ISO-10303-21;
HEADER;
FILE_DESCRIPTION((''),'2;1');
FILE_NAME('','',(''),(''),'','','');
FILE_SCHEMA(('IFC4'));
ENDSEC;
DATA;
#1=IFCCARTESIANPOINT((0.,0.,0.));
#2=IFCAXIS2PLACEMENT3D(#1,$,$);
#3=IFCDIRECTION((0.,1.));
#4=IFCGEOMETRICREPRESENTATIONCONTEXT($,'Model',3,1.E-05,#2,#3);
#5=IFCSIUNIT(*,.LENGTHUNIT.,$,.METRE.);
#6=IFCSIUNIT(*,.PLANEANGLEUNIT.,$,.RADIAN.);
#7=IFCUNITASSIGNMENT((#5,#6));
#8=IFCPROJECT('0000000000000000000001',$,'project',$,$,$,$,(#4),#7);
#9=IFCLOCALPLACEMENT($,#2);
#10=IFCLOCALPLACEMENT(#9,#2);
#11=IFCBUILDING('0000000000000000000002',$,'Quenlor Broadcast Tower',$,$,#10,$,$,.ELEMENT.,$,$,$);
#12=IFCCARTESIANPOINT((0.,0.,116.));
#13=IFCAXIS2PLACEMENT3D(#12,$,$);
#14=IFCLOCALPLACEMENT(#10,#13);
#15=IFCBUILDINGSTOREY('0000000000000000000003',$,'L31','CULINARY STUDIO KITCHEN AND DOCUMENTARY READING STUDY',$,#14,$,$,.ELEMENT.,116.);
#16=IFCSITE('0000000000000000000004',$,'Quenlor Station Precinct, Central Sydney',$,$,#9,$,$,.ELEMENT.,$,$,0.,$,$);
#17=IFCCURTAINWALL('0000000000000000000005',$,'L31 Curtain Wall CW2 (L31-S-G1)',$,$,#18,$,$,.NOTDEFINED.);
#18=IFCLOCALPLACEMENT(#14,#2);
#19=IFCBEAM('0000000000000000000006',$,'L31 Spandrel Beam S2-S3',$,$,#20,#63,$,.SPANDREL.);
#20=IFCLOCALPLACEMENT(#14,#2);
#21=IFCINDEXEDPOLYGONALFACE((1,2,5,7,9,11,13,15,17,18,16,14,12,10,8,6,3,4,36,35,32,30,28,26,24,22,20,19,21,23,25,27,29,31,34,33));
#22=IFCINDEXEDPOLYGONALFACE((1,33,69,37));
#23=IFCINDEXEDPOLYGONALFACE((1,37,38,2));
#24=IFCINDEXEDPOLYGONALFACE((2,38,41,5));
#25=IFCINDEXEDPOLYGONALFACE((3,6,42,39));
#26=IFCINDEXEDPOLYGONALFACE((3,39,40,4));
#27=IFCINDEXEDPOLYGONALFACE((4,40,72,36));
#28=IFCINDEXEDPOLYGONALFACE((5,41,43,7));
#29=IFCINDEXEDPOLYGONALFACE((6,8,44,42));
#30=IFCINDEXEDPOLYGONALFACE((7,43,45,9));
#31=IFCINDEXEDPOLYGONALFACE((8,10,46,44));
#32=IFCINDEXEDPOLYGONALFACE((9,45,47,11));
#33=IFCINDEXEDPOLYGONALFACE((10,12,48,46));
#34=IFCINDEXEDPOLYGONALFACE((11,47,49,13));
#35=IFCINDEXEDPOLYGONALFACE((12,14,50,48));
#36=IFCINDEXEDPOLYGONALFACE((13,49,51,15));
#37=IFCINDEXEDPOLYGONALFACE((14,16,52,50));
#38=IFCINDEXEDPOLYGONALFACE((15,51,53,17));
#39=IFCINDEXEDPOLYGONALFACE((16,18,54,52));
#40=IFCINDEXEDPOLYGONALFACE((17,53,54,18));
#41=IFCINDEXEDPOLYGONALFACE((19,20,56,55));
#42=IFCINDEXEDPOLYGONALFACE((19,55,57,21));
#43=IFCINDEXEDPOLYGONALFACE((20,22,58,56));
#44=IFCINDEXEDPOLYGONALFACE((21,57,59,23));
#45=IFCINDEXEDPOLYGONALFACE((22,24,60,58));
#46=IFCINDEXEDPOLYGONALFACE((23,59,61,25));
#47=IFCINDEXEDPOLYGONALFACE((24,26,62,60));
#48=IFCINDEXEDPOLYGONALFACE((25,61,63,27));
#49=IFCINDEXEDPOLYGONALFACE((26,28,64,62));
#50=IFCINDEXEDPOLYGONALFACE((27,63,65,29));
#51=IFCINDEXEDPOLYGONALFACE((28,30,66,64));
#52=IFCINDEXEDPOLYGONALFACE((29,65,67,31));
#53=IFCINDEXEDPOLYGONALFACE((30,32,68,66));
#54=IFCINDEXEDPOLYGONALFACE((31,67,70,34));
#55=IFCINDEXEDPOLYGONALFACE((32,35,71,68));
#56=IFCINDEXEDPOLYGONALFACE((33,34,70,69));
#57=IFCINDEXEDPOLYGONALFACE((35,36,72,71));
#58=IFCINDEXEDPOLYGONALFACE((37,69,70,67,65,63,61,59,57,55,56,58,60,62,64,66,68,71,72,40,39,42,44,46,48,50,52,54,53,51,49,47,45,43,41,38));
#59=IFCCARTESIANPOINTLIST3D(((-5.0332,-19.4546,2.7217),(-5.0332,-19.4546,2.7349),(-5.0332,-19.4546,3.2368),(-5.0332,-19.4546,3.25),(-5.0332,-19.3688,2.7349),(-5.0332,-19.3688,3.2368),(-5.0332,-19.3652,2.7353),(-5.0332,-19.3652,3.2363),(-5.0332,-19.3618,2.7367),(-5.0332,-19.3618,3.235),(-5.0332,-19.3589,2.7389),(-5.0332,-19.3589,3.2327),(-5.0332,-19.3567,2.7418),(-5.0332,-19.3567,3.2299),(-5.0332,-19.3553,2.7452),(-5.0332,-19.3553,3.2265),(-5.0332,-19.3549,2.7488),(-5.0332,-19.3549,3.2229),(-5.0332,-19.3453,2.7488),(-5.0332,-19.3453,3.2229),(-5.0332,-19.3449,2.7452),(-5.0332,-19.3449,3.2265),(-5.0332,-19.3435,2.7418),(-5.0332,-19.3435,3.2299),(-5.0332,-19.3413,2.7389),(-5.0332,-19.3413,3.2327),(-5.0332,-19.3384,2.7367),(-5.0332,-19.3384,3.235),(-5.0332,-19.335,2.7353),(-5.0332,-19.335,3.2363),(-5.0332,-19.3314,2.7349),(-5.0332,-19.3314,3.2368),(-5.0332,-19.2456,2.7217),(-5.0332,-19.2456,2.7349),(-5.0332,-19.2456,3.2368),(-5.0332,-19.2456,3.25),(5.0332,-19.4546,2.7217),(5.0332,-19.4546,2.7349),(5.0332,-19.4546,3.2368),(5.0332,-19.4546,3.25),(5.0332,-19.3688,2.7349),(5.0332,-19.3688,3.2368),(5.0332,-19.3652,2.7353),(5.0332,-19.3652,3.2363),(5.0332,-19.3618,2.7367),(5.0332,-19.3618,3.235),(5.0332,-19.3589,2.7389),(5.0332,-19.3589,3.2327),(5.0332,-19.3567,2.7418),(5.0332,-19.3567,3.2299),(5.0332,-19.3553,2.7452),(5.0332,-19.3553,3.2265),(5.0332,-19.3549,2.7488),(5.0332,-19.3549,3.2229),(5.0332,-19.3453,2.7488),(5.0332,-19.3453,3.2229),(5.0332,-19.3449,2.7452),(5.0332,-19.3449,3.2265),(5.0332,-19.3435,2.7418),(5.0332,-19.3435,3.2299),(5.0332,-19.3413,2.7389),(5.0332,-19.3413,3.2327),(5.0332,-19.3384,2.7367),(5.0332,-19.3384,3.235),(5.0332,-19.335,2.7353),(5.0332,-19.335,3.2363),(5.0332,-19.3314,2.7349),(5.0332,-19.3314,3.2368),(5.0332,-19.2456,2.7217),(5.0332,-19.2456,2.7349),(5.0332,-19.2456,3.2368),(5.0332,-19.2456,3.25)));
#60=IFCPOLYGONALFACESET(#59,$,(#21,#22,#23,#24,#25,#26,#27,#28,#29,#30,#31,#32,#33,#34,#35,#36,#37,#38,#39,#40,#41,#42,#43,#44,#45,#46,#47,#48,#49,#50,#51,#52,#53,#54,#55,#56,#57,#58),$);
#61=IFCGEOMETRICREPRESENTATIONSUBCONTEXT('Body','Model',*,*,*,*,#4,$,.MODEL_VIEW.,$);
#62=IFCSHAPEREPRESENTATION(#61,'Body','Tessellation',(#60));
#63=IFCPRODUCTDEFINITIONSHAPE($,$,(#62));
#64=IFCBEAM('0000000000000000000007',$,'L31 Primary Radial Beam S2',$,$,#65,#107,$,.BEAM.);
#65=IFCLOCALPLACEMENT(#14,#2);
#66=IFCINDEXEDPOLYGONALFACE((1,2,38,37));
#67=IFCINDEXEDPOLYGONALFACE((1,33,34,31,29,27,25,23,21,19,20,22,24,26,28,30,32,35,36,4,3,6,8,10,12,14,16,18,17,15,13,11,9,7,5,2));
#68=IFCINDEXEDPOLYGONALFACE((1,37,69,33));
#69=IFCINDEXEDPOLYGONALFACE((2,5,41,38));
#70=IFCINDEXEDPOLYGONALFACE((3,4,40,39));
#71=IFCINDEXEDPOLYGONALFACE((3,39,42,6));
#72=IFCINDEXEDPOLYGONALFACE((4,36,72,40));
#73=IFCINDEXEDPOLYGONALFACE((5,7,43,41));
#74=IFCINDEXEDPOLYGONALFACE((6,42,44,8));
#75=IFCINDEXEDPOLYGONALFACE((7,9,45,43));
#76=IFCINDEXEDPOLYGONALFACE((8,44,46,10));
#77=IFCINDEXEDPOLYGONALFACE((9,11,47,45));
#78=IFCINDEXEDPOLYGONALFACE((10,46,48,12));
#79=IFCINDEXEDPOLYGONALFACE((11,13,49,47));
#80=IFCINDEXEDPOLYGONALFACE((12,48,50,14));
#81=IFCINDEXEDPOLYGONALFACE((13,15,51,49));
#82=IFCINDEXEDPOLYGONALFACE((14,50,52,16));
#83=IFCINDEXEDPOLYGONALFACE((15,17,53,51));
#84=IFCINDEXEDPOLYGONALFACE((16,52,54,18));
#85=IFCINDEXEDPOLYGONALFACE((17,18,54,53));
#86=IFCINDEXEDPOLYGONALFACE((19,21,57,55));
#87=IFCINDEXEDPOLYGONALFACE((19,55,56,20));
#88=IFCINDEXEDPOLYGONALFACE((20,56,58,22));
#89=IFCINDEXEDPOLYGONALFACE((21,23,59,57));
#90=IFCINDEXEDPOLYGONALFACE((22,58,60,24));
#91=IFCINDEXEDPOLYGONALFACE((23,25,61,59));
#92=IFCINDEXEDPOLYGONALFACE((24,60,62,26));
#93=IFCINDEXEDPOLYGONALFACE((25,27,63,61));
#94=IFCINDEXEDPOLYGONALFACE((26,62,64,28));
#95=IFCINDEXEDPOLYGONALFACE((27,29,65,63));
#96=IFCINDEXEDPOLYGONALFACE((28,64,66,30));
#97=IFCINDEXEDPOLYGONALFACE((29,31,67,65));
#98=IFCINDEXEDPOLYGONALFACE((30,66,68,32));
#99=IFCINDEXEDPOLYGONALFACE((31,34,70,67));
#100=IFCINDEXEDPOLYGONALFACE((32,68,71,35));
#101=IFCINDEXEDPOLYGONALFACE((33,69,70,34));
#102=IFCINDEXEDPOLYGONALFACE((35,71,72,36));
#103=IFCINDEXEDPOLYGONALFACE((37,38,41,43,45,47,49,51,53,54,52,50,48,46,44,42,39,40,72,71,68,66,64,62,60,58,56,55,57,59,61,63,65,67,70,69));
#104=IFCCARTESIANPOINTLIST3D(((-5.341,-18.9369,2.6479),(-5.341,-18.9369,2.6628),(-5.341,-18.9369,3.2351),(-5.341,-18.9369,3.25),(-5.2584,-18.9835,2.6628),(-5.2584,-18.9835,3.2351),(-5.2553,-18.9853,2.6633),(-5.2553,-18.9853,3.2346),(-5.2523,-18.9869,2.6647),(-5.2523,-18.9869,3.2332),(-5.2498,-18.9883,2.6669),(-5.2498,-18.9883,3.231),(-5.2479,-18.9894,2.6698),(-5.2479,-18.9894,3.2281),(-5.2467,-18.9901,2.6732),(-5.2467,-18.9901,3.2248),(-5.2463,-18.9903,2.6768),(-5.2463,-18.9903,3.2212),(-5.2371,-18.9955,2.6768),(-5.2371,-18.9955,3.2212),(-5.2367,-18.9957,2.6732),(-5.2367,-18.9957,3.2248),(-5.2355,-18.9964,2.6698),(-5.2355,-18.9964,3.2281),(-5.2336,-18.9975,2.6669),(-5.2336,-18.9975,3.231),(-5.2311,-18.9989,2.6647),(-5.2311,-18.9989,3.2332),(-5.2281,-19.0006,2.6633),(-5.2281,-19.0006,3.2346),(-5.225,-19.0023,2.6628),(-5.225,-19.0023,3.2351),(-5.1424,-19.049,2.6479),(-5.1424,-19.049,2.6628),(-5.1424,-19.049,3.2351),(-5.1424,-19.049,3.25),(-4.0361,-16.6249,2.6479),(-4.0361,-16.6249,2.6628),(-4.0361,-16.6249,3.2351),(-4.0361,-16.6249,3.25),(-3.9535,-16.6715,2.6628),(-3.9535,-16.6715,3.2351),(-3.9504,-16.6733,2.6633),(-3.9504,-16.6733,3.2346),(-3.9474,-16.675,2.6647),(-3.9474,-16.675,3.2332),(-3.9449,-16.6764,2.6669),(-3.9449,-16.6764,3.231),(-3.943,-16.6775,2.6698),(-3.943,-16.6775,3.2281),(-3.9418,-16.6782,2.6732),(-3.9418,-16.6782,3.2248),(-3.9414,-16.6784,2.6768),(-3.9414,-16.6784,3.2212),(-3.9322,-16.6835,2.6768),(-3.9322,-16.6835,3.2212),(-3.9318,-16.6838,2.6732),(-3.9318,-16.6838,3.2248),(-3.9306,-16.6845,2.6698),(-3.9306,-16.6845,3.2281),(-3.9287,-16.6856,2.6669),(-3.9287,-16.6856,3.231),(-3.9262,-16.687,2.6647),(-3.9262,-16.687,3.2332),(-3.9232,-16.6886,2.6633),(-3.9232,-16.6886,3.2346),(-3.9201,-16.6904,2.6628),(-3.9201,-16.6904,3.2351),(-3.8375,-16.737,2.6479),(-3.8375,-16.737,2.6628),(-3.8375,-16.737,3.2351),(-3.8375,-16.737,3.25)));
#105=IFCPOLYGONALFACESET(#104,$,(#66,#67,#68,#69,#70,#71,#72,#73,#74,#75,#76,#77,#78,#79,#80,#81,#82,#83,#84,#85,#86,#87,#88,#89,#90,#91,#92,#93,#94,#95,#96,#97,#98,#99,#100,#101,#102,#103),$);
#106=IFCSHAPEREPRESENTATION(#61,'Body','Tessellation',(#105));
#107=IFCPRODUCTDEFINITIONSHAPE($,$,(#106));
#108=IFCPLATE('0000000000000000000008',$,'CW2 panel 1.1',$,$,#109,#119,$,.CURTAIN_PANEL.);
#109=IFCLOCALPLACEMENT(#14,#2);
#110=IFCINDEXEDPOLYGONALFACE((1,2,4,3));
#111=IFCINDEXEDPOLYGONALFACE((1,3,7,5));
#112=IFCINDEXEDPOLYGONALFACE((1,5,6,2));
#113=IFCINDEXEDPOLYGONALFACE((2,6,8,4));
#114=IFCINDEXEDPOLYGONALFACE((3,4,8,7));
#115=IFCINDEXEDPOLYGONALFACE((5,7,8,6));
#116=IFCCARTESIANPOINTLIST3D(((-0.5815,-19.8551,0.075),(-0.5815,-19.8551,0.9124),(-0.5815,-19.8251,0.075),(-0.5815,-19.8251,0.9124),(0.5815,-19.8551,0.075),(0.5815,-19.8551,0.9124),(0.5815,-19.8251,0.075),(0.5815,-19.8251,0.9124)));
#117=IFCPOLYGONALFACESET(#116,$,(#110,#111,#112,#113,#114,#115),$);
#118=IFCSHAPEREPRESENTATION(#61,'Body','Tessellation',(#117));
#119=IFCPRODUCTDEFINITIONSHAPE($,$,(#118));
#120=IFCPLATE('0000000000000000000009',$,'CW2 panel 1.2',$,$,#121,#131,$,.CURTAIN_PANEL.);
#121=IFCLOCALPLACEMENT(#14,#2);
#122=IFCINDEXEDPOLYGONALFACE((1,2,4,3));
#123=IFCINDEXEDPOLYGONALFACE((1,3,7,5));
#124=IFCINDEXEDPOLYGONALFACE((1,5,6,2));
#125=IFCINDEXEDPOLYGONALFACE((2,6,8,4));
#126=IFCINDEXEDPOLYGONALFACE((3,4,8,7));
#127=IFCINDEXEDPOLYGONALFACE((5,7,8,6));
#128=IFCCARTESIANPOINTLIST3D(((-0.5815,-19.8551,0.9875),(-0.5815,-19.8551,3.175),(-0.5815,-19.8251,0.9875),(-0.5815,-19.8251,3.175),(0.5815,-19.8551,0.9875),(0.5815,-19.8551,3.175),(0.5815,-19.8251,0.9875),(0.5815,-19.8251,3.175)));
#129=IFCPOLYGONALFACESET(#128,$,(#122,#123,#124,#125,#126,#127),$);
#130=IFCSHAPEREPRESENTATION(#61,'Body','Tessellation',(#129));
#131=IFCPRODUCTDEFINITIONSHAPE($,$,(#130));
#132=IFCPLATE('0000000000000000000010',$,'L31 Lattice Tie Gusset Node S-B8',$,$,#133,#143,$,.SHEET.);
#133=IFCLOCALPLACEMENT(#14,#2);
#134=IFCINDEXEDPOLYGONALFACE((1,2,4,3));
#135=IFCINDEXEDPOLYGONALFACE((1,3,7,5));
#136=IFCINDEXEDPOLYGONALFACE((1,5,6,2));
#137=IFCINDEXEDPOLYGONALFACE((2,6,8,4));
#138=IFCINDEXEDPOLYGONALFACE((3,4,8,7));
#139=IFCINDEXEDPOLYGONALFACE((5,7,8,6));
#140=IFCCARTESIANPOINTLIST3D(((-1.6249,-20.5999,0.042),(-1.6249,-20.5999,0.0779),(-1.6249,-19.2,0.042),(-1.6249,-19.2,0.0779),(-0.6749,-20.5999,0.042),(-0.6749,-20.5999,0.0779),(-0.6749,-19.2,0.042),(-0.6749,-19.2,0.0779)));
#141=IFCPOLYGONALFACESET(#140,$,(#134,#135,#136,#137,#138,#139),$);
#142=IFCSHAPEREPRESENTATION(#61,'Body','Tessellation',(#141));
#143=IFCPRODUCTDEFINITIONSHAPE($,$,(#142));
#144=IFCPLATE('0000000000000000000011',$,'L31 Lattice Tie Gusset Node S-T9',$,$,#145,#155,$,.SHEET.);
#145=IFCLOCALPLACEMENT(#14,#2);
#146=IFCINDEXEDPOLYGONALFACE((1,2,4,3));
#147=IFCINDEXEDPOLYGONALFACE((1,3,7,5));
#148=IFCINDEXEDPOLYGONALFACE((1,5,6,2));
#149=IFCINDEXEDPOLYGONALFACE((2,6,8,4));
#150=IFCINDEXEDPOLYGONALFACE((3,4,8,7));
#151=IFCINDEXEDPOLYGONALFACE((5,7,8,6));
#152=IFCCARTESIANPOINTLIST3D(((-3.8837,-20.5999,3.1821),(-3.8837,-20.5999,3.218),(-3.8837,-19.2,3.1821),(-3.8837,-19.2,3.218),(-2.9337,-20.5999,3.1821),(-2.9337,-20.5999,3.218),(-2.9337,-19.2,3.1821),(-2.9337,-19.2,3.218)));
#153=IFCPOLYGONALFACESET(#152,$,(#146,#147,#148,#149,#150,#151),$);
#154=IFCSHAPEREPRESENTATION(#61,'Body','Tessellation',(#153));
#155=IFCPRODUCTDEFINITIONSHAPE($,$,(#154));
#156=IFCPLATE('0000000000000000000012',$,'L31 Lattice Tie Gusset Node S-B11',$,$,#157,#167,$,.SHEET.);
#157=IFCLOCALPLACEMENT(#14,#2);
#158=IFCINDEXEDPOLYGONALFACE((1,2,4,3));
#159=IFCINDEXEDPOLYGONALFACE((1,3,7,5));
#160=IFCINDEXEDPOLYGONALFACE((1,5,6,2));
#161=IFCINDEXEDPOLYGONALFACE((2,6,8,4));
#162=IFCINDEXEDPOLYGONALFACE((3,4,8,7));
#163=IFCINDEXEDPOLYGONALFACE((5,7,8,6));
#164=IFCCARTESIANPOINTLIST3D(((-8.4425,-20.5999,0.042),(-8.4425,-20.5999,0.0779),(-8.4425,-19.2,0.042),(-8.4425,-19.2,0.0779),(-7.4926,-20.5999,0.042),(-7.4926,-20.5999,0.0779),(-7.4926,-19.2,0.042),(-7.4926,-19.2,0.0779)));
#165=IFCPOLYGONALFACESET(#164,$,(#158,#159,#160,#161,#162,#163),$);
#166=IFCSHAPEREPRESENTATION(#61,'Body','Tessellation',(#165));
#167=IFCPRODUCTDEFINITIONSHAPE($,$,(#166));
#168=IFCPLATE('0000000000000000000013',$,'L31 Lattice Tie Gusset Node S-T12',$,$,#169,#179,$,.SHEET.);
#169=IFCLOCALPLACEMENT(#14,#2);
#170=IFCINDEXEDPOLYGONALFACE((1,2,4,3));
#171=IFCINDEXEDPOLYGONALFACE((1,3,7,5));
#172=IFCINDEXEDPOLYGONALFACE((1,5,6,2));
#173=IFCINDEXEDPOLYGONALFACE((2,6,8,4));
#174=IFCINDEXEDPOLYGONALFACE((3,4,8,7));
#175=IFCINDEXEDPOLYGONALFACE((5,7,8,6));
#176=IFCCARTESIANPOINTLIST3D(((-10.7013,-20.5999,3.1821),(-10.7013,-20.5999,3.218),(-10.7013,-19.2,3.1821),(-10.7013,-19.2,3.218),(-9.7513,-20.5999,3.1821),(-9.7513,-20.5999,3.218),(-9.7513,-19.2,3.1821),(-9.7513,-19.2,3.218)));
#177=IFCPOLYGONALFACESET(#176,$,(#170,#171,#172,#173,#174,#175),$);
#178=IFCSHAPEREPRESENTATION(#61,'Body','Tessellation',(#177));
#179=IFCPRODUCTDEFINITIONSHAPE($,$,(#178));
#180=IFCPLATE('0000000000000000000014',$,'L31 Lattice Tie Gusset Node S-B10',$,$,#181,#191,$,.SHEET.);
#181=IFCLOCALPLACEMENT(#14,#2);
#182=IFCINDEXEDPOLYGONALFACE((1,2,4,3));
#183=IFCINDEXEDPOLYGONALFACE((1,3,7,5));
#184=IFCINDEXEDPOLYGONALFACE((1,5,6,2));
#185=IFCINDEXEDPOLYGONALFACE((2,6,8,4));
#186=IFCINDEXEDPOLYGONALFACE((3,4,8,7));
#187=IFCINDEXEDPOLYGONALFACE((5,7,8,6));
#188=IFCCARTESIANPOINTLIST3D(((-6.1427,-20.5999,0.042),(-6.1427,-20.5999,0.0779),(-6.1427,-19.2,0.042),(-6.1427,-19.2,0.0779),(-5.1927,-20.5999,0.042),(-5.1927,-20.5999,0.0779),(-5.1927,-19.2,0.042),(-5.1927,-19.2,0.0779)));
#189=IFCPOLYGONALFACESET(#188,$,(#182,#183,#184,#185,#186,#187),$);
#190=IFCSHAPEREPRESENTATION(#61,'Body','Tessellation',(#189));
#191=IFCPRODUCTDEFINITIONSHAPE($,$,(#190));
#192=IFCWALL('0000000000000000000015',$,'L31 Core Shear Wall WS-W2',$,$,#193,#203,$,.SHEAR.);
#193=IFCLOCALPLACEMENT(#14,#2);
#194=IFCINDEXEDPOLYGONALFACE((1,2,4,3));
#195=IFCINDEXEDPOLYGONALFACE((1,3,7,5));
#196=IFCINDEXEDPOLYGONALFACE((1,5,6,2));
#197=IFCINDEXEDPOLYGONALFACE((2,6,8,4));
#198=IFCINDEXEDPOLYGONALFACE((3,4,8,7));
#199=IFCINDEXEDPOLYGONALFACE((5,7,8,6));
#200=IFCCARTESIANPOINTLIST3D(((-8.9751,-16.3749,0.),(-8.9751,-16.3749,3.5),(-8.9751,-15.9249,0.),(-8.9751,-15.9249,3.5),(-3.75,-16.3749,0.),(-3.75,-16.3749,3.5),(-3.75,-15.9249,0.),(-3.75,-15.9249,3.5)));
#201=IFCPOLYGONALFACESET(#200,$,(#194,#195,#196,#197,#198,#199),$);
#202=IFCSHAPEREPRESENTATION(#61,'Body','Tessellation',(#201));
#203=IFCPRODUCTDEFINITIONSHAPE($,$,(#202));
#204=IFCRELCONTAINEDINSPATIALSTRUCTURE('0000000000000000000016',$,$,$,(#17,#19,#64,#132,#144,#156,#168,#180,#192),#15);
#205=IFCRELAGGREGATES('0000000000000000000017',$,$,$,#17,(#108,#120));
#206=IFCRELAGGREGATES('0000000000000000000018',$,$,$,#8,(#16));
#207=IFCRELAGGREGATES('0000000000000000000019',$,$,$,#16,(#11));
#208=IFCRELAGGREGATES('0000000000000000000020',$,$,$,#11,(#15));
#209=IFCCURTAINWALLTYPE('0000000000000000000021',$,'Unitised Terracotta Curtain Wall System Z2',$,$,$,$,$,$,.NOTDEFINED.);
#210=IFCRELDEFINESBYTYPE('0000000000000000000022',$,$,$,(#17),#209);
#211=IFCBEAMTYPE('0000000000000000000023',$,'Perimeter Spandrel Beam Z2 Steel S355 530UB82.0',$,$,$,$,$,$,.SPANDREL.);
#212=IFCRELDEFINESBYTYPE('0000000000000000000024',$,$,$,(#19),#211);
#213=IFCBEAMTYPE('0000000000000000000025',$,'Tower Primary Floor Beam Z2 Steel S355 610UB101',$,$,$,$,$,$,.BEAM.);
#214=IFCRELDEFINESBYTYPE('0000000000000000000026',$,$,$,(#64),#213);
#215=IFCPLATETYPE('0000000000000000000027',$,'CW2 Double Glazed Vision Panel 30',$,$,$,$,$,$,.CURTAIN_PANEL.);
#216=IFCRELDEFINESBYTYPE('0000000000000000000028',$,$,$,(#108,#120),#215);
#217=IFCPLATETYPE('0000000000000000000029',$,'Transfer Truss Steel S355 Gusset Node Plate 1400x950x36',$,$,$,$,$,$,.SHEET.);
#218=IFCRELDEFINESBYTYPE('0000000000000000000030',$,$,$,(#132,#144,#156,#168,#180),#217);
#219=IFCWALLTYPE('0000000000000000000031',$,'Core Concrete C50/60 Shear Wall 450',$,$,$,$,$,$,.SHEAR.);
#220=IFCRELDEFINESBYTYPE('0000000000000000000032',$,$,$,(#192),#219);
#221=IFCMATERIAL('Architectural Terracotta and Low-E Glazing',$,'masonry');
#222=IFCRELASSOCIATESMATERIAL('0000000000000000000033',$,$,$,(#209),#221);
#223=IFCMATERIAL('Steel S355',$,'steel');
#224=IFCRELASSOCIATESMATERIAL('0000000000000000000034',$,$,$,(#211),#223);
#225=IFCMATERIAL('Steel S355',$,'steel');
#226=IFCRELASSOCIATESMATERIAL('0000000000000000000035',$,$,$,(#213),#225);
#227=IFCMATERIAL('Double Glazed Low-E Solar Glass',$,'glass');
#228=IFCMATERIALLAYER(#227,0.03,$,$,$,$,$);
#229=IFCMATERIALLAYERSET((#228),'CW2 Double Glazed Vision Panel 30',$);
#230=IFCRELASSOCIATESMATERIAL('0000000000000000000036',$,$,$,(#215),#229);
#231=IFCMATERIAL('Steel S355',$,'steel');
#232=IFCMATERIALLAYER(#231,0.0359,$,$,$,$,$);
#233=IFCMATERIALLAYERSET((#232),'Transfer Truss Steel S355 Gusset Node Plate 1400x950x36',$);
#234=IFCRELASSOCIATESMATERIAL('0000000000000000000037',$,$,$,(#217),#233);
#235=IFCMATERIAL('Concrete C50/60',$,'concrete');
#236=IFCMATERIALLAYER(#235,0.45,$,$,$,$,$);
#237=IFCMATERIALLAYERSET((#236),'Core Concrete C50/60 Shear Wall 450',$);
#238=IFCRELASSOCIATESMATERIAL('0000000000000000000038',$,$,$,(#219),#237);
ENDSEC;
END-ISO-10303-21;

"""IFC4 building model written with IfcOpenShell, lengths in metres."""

from ifc_helpers import new_model, si_unit, direction, frame, frame_2d, origin, origin_2d, place, context, subcontext, project, spatial, rectangle, i_section, extrude, material, layer, layer_set, material_profile, profile_set, type_object, element, aggregate, save


model = new_model("IFC4")

# Units and contexts
model_context = context("Model", 3, precision=1e-05, world=origin(), true_north=direction((0.0, 1.0)))
body_context = subcontext(model_context, "Body", "Model", "MODEL_VIEW")
ifc_project = project(units=[si_unit("LENGTHUNIT", "METRE"), si_unit("PLANEANGLEUNIT", "RADIAN")], contexts=[model_context])

# Site, building, storey
site_placement = place(None, origin())
site = spatial("IfcSite", under=ifc_project, at=site_placement, Name="Quenlor Station Precinct, Central Sydney", CompositionType="ELEMENT", RefElevation=0.0)
building_placement = place(site_placement, origin())
building = spatial("IfcBuilding", under=site, at=building_placement, Name="Quenlor Broadcast Tower", CompositionType="ELEMENT")
storey_placement = place(building_placement, frame((0.0, 0.0, 116.0)))
storey = spatial("IfcBuildingStorey", under=building, at=storey_placement, Name="L31", Description="CULINARY STUDIO KITCHEN AND DOCUMENTARY READING STUDY", CompositionType="ELEMENT", Elevation=116.0)

# Curtain wall
ifc_material_1 = material(Name="Architectural Terracotta and Low-E Glazing", Category="masonry")
curtain_wall_type = type_object("IfcCurtainWallType", Name="Unitised Terracotta Curtain Wall System Z2", PredefinedType="NOTDEFINED", material=ifc_material_1)
curtain_wall_placement = place(storey_placement, origin())
curtain_wall = element("IfcCurtainWall", 1, at=curtain_wall_placement, inside=storey, type_object=curtain_wall_type, Name="L31 Curtain Wall CW2 (L31-S-G1)", PredefinedType="NOTDEFINED")

# Beams
ifc_material_2 = material(Name="Steel S355", Category="steel")
ifc_material_profile_1 = material_profile(ifc_material_2, i_section(OverallWidth=0.209, OverallDepth=0.5283, WebThickness=0.0095, FlangeThickness=0.0132, FilletRadius=0.0139, at=origin_2d()))
ifc_profile_set_1 = profile_set([ifc_material_profile_1], Name="Steel S355 530UB82.0")
beam_type_1 = type_object("IfcBeamType", Name="Perimeter Spandrel Beam Z2 Steel S355 530UB82.0", PredefinedType="SPANDREL", material=ifc_profile_set_1)
beam_1_placement = place(storey_placement, frame((-5.0332, -19.3501, 2.9858), z_axis=(1.0, 0.0, 0.0), x_axis=(0.0, 1.0, 0.0)))
element("IfcBeam", 2, at=beam_1_placement, inside=storey, type_object=beam_type_1, Name="L31 Spandrel Beam S2-S3", PredefinedType="SPANDREL", context=body_context, shape_type="SweptSolid", body=[
    extrude(i_section(OverallWidth=0.209, OverallDepth=0.5283, WebThickness=0.0095, FlangeThickness=0.0132, FilletRadius=0.0139, at=origin_2d()), origin(), (0.0, 0.0, 1.0), 10.0664),
])
ifc_material_3 = material(Name="Steel S355", Category="steel")
ifc_material_profile_2 = material_profile(ifc_material_3, i_section(OverallWidth=0.228, OverallDepth=0.6021, WebThickness=0.0105, FlangeThickness=0.0149, FilletRadius=0.0139, at=origin_2d()))
ifc_profile_set_2 = profile_set([ifc_material_profile_2], Name="Steel S355 610UB101")
beam_type_2 = type_object("IfcBeamType", Name="Tower Primary Floor Beam Z2 Steel S355 610UB101", PredefinedType="BEAM", material=ifc_profile_set_2)
beam_2_placement = place(storey_placement, frame((-5.2417, -18.9929, 2.949), z_axis=(0.491527, 0.870862, 0.0), x_axis=(-0.870862, 0.491527, 0.0)))
element("IfcBeam", 3, at=beam_2_placement, inside=storey, type_object=beam_type_2, Name="L31 Primary Radial Beam S2", PredefinedType="BEAM", context=body_context, shape_type="SweptSolid", body=[
    extrude(i_section(OverallWidth=0.228, OverallDepth=0.6021, WebThickness=0.0105, FlangeThickness=0.0149, FilletRadius=0.0139, at=origin_2d()), origin(), (0.0, 0.0, 1.0), 2.6548),
])

# Plates
ifc_material_4 = material(Name="Double Glazed Low-E Solar Glass", Category="glass")
ifc_layer_1 = layer(ifc_material_4, 0.03)
ifc_layer_set_1 = layer_set([ifc_layer_1], Name="CW2 Double Glazed Vision Panel 30")
plate_type_1 = type_object("IfcPlateType", Name="CW2 Double Glazed Vision Panel 30", PredefinedType="CURTAIN_PANEL", material=ifc_layer_set_1)
plate_1_placement = place(storey_placement, frame((0.0, -19.8401, 0.075), z_axis=(0.0, 0.0, 1.0), x_axis=(-1.0, 0.0, 0.0)))
plate_1 = element("IfcPlate", 4, at=plate_1_placement, type_object=plate_type_1, Name="CW2 panel 1.1", PredefinedType="CURTAIN_PANEL", context=body_context, shape_type="SweptSolid", body=[
    extrude(rectangle(XDim=1.1631, YDim=0.03, at=origin_2d()), origin(), (0.0, 0.0, 1.0), 0.8374),
])
plate_2_placement = place(storey_placement, frame((0.0, -19.8401, 0.9875), z_axis=(0.0, 0.0, 1.0), x_axis=(-1.0, 0.0, 0.0)))
plate_2 = element("IfcPlate", 5, at=plate_2_placement, type_object=plate_type_1, Name="CW2 panel 1.2", PredefinedType="CURTAIN_PANEL", context=body_context, shape_type="SweptSolid", body=[
    extrude(rectangle(XDim=1.1631, YDim=0.03, at=origin_2d()), origin(), (0.0, 0.0, 1.0), 2.1875),
])
aggregate(curtain_wall, [plate_1, plate_2])

# Plates
ifc_material_5 = material(Name="Steel S355", Category="steel")
ifc_layer_2 = layer(ifc_material_5, 0.0359)
ifc_layer_set_2 = layer_set([ifc_layer_2], Name="Transfer Truss Steel S355 Gusset Node Plate 1400x950x36")
plate_type_2 = type_object("IfcPlateType", Name="Transfer Truss Steel S355 Gusset Node Plate 1400x950x36", PredefinedType="SHEET", material=ifc_layer_set_2)
for number, where, z_axis, x_axis, name in (
    (6, (-1.1499, -19.8999, 0.042), (0.0, 0.0, 1.0), (0.0, -1.0, 0.0), "L31 Lattice Tie Gusset Node S-B8"),
    (7, (-3.4087, -19.8999, 3.1821), (0.0, 0.0, 1.0), (0.0, -1.0, 0.0), "L31 Lattice Tie Gusset Node S-T9"),
    (8, (-7.9675, -19.8999, 0.042), (0.0, 0.0, 1.0), (0.0, -1.0, 0.0), "L31 Lattice Tie Gusset Node S-B11"),
    (9, (-10.2263, -19.8999, 3.1821), (0.0, 0.0, 1.0), (0.0, -1.0, 0.0), "L31 Lattice Tie Gusset Node S-T12"),
    (10, (-5.6677, -19.8999, 0.042), (0.0, 0.0, 1.0), (0.0, -1.0, 0.0), "L31 Lattice Tie Gusset Node S-B10"),
):
    element("IfcPlate", number, at=place(storey_placement, frame(where, z_axis=z_axis, x_axis=x_axis)), inside=storey, type_object=plate_type_2, Name=name, PredefinedType="SHEET", context=body_context, shape_type="SweptSolid", body=[
        extrude(rectangle(XDim=1.3999, YDim=0.95, at=origin_2d()), origin(), (0.0, 0.0, 1.0), 0.0359),
    ])

# Wall
ifc_material_6 = material(Name="Concrete C50/60", Category="concrete")
ifc_layer_3 = layer(ifc_material_6, 0.45)
ifc_layer_set_3 = layer_set([ifc_layer_3], Name="Core Concrete C50/60 Shear Wall 450")
wall_type_1 = type_object("IfcWallType", Name="Core Concrete C50/60 Shear Wall 450", PredefinedType="SHEAR", material=ifc_layer_set_3)
wall_1_placement = place(storey_placement, frame((-8.9751, -16.1499, 0.0), z_axis=(0.0, 0.0, 1.0), x_axis=(1.0, 0.0, 0.0)))
element("IfcWall", 11, at=wall_1_placement, inside=storey, type_object=wall_type_1, Name="L31 Core Shear Wall WS-W2", PredefinedType="SHEAR", context=body_context, shape_type="SweptSolid", body=[
    extrude(rectangle(XDim=5.2251, YDim=0.45, at=frame_2d((2.6125, 0.0))), origin(), (0.0, 0.0, 1.0), 3.5),
])

save(model, "model.ifc")
